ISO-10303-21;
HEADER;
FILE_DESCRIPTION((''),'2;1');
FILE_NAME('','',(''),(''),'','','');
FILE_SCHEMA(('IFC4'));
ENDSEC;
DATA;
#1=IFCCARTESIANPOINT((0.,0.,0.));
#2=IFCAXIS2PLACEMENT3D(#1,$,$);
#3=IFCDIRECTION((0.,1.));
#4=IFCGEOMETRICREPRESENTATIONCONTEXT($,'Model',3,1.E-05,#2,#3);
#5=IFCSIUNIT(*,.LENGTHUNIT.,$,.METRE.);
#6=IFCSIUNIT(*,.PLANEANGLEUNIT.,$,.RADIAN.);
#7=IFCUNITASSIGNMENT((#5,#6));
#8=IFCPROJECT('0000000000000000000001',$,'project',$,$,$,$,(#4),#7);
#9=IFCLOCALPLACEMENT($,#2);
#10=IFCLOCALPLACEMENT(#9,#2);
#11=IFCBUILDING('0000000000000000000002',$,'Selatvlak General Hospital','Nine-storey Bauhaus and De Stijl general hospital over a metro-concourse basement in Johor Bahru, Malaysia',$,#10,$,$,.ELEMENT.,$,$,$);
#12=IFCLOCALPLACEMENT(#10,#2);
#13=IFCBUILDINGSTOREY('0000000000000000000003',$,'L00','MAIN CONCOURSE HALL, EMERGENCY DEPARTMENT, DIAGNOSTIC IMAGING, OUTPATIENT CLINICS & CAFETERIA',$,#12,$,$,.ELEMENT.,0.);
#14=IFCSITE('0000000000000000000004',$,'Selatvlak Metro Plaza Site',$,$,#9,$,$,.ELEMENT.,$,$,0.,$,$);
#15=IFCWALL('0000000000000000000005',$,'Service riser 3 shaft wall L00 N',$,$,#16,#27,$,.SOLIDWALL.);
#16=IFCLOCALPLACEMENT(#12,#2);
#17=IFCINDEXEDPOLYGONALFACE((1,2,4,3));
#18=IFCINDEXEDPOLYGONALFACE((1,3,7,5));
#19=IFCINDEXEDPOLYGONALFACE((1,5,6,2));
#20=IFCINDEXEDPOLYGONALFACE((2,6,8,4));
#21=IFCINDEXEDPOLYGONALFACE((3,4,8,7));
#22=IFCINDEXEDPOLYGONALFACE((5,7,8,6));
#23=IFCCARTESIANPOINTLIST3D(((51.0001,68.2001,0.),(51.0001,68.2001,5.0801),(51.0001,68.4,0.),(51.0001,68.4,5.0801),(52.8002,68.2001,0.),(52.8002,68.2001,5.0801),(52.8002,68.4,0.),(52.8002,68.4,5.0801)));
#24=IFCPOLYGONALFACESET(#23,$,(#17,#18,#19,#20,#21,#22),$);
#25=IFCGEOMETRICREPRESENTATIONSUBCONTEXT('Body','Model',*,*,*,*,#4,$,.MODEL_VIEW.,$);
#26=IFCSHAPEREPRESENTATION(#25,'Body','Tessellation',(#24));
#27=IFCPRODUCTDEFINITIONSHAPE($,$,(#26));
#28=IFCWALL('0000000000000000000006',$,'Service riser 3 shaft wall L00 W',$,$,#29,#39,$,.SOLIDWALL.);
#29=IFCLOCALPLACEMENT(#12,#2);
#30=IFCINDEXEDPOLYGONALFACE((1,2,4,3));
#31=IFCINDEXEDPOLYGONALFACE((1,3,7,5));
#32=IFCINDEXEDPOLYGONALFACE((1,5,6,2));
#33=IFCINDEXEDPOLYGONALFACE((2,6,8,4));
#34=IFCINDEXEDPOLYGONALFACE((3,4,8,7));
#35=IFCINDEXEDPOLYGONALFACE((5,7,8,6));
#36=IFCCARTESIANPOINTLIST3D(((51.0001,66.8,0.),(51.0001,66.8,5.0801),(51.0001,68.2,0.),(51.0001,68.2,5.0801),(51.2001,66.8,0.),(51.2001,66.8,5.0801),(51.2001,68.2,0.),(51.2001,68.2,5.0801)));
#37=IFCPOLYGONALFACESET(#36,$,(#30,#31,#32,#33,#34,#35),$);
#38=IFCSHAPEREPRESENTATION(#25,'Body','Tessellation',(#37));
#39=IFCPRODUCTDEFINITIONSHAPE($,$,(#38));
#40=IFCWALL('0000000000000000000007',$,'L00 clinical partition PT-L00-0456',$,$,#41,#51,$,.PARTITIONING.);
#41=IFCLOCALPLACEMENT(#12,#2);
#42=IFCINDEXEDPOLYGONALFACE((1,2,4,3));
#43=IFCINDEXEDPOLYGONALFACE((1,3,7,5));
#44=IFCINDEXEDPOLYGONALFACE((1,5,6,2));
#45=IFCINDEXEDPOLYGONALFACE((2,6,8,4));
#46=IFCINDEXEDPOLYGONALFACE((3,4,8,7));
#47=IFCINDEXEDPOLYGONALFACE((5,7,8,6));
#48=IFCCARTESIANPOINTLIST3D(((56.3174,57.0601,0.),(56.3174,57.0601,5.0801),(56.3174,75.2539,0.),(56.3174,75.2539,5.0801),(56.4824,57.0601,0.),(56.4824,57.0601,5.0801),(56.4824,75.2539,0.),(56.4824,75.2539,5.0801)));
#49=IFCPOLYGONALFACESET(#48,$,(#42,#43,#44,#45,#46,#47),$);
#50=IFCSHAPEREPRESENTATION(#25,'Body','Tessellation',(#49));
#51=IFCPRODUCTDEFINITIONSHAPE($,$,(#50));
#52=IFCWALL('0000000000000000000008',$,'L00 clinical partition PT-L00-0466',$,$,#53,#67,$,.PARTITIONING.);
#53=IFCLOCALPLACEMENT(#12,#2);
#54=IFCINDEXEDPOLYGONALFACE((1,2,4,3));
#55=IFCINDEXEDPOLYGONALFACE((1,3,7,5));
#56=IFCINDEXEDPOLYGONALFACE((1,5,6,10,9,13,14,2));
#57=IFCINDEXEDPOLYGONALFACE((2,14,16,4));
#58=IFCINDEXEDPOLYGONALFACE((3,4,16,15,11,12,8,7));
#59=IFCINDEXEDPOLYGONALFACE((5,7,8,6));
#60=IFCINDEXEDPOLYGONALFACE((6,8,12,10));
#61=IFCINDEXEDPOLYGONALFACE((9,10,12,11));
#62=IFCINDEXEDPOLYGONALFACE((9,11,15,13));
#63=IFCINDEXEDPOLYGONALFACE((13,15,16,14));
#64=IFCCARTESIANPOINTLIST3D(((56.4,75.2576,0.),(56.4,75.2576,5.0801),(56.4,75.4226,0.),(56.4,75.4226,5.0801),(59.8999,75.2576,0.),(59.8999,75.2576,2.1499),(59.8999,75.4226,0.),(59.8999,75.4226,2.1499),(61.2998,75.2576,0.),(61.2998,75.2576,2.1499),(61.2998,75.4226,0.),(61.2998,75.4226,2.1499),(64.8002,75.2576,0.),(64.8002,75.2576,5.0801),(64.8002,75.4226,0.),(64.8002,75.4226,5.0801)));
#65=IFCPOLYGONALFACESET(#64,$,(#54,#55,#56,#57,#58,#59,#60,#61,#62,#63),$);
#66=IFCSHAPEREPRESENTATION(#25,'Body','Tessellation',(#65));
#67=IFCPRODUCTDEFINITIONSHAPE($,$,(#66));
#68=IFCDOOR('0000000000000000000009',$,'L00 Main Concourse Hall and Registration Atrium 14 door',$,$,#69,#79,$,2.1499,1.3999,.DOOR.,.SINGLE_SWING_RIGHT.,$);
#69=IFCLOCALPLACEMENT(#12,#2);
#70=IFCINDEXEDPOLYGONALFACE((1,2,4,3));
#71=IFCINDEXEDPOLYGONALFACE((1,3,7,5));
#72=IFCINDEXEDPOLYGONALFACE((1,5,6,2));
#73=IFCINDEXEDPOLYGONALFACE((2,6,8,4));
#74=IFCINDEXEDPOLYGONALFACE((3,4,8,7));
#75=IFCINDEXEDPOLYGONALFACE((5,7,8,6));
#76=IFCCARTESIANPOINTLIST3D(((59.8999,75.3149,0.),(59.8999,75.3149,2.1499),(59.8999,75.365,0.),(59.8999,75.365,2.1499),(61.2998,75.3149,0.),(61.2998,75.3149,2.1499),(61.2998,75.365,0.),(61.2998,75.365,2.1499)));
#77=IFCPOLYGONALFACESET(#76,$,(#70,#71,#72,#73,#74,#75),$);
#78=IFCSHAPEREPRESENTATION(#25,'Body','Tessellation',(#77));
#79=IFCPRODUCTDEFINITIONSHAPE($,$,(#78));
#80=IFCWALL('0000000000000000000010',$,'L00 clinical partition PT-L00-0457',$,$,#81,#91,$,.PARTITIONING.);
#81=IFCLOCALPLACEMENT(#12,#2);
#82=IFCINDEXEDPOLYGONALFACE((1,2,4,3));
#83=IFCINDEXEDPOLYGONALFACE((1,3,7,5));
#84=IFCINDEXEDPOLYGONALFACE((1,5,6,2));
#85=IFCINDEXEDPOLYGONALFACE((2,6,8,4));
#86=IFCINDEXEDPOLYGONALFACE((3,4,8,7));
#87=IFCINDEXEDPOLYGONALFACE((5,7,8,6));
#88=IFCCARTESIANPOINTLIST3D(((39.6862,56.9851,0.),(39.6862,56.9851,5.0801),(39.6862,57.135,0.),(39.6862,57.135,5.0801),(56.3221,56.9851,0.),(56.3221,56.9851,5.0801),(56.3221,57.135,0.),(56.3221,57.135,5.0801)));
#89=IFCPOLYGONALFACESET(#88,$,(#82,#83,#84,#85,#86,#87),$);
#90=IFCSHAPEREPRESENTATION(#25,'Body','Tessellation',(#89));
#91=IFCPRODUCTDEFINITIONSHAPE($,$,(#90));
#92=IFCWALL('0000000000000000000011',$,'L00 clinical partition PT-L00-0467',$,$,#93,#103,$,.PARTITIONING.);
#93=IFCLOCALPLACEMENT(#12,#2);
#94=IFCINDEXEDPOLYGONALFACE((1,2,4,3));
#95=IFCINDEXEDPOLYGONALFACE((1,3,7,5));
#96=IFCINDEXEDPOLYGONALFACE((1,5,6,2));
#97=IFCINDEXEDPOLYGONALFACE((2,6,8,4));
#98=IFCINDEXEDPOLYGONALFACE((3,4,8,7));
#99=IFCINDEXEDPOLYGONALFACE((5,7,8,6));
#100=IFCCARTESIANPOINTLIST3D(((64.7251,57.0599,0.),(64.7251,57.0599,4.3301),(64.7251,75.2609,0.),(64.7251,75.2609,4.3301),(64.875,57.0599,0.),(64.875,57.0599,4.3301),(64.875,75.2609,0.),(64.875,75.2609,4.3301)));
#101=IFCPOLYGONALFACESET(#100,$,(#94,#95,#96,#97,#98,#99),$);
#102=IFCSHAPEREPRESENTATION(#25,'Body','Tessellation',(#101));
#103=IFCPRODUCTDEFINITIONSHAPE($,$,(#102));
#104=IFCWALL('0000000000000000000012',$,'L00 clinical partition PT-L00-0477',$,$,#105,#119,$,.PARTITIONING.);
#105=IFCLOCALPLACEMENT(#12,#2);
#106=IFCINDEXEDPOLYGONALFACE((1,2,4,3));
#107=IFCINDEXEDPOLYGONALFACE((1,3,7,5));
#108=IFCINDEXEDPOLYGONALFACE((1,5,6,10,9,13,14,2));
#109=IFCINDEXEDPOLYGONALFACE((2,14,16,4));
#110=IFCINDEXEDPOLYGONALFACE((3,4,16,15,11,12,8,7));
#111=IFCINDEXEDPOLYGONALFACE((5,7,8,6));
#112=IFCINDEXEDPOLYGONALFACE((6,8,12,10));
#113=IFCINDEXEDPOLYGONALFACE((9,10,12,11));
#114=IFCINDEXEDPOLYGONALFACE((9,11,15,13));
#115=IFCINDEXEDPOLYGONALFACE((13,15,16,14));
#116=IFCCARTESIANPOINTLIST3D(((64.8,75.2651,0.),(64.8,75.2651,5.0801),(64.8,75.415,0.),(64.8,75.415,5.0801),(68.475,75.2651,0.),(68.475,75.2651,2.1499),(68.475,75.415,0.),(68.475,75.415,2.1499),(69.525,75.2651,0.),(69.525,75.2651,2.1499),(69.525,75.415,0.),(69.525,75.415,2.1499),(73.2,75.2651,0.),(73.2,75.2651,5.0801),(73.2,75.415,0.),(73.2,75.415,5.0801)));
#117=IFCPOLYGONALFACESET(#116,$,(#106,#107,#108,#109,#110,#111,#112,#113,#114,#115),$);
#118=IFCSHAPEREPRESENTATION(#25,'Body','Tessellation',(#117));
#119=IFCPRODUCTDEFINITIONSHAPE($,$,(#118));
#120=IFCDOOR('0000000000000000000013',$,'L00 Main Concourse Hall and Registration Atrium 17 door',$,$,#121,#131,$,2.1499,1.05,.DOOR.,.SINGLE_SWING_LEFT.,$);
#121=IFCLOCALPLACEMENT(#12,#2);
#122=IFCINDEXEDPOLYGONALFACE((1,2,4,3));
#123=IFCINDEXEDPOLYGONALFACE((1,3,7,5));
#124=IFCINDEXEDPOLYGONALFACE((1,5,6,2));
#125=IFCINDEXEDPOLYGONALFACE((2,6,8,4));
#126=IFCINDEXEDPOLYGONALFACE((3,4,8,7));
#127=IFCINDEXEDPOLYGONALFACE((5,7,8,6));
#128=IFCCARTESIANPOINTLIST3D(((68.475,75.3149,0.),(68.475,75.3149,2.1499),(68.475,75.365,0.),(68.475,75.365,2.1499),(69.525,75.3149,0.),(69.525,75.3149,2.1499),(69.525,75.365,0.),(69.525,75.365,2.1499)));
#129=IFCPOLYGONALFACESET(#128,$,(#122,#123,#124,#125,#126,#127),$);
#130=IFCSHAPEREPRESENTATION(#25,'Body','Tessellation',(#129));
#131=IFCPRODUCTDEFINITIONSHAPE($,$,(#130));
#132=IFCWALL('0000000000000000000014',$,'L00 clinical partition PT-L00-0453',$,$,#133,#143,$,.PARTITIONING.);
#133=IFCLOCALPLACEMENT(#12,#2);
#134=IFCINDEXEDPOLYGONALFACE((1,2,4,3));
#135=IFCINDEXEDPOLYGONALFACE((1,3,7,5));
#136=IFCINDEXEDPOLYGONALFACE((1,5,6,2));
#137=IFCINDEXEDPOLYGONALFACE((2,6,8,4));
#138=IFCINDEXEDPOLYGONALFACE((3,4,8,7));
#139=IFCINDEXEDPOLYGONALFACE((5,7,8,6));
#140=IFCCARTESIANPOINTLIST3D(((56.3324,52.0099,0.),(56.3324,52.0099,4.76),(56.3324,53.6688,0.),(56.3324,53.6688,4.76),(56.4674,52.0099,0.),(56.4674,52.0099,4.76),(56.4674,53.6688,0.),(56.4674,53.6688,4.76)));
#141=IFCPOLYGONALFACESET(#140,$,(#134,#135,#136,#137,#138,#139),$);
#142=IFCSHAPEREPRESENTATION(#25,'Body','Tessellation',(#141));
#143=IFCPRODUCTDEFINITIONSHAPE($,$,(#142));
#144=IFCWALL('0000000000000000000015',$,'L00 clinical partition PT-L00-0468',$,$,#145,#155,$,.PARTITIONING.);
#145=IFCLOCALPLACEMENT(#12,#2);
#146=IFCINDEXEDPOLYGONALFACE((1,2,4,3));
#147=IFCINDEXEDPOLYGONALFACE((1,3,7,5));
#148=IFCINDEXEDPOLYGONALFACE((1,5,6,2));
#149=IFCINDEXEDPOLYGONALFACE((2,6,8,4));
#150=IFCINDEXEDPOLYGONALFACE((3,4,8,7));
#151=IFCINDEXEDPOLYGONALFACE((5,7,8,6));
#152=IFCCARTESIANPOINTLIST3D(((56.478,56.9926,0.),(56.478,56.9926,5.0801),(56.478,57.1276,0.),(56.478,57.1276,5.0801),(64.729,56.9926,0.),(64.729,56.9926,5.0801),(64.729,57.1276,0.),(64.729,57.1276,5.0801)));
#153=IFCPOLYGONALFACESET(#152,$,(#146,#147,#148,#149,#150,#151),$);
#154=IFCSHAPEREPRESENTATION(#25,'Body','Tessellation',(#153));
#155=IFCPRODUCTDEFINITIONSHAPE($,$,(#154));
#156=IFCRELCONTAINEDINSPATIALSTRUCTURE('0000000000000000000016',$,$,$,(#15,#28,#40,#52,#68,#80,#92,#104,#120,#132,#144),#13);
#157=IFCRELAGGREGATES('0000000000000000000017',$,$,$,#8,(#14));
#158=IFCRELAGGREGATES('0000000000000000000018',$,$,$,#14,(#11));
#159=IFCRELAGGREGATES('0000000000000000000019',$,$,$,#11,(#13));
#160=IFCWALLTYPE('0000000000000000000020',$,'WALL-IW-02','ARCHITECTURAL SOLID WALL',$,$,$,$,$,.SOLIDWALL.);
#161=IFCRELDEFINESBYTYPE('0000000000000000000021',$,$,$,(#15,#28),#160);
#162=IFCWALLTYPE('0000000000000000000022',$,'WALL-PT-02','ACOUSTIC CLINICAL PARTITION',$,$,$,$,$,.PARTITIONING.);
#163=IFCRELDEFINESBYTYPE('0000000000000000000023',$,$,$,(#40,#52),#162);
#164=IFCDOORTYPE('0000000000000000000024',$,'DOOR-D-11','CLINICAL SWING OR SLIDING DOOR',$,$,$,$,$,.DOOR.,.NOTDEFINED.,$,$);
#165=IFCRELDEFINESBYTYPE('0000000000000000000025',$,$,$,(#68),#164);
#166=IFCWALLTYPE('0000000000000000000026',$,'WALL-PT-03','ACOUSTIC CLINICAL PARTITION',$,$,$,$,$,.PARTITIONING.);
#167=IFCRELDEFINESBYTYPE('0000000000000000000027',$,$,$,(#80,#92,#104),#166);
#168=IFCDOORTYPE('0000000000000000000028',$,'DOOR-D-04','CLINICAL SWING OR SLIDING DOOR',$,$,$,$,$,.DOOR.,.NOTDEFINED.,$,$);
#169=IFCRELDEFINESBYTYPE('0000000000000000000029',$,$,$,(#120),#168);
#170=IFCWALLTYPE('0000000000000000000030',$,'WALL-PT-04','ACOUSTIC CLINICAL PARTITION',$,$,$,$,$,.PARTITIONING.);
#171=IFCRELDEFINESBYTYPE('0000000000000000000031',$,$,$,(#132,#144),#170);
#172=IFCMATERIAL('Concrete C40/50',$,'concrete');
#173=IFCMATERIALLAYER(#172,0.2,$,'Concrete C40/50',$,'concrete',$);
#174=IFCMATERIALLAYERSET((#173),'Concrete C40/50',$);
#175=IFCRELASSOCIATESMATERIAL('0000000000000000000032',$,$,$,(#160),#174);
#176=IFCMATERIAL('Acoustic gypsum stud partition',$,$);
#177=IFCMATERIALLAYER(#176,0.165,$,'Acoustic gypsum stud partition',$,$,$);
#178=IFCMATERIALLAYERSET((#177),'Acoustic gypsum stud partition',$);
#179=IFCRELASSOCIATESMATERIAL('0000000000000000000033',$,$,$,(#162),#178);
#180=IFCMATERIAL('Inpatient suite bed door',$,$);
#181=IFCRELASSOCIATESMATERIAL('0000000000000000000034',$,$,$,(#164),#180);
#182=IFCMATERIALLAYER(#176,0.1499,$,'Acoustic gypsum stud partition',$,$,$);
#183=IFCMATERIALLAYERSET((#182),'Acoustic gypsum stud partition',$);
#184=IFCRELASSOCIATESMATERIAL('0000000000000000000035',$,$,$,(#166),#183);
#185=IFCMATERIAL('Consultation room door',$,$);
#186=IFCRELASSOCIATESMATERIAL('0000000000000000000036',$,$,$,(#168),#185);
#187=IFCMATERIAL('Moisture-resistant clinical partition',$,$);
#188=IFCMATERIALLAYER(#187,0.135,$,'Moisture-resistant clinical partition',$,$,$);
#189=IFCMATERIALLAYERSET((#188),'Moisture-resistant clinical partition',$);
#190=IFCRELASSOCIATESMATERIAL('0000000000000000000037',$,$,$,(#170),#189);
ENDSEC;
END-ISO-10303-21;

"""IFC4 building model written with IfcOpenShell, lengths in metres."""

from ifc_helpers import new_model, si_unit, direction, frame, frame_2d, origin, place, context, subcontext, project, spatial, rectangle, extrude, material, layer, layer_set, type_object, element, fill, save


model = new_model("IFC4")

# Units and contexts
model_context = context("Model", 3, precision=1e-05, world=origin(), true_north=direction((0.0, 1.0)))
body_context = subcontext(model_context, "Body", "Model", "MODEL_VIEW")
ifc_project = project(units=[si_unit("LENGTHUNIT", "METRE"), si_unit("PLANEANGLEUNIT", "RADIAN")], contexts=[model_context])

# Site, building, storey
site_placement = place(None, origin())
site = spatial("IfcSite", under=ifc_project, at=site_placement, Name="Selatvlak Metro Plaza Site", CompositionType="ELEMENT", RefElevation=0.0)
building_placement = place(site_placement, origin())
building = spatial("IfcBuilding", under=site, at=building_placement, Name="Selatvlak General Hospital", Description="Nine-storey Bauhaus and De Stijl general hospital over a metro-concourse basement in Johor Bahru, Malaysia", CompositionType="ELEMENT")
storey_placement = place(building_placement, origin())
storey = spatial("IfcBuildingStorey", under=building, at=storey_placement, Name="L00", Description="MAIN CONCOURSE HALL, EMERGENCY DEPARTMENT, DIAGNOSTIC IMAGING, OUTPATIENT CLINICS & CAFETERIA", CompositionType="ELEMENT", Elevation=0.0)

# Shared definitions
ifc_material_1 = material(Name="Concrete C40/50", Category="concrete")

# Walls
ifc_layer_1 = layer(ifc_material_1, 0.2, Name="Concrete C40/50", Category="concrete")
ifc_layer_set_1 = layer_set([ifc_layer_1], Name="Concrete C40/50")
wall_type_1 = type_object("IfcWallType", Name="WALL-IW-02", Description="ARCHITECTURAL SOLID WALL", PredefinedType="SOLIDWALL", material=ifc_layer_set_1)
wall_1_placement = place(storey_placement, frame((52.8, 68.3, 0.0), z_axis=(0.0, 0.0, 1.0), x_axis=(-1.0, 0.0, 0.0)))
element("IfcWall", 1, at=wall_1_placement, inside=storey, type_object=wall_type_1, Name="Service riser 3 shaft wall L00 N", PredefinedType="SOLIDWALL", context=body_context, shape_type="SweptSolid", body=[
    extrude(rectangle(XDim=1.8, YDim=0.2, at=frame_2d((0.8999, 0.0))), origin(), (0.0, 0.0, 1.0), 5.0801),
])
wall_2_placement = place(storey_placement, frame((51.1001, 68.2, 0.0), z_axis=(0.0, 0.0, 1.0), x_axis=(0.0, -1.0, 0.0)))
element("IfcWall", 2, at=wall_2_placement, inside=storey, type_object=wall_type_1, Name="Service riser 3 shaft wall L00 W", PredefinedType="SOLIDWALL", context=body_context, shape_type="SweptSolid", body=[
    extrude(rectangle(XDim=1.3999, YDim=0.2, at=frame_2d((0.7, 0.0))), origin(), (0.0, 0.0, 1.0), 5.0801),
])
ifc_material_2 = material(Name="Acoustic gypsum stud partition")
ifc_layer_2 = layer(ifc_material_2, 0.165, Name="Acoustic gypsum stud partition")
ifc_layer_set_2 = layer_set([ifc_layer_2], Name="Acoustic gypsum stud partition")
wall_type_2 = type_object("IfcWallType", Name="WALL-PT-02", Description="ACOUSTIC CLINICAL PARTITION", PredefinedType="PARTITIONING", material=ifc_layer_set_2)
wall_3_placement = place(storey_placement, frame((56.3999, 75.2539, 0.0), z_axis=(0.0, 0.0, 1.0), x_axis=(0.0, -1.0, 0.0)))
element("IfcWall", 3, at=wall_3_placement, inside=storey, type_object=wall_type_2, Name="L00 clinical partition PT-L00-0456", PredefinedType="PARTITIONING", context=body_context, shape_type="SweptSolid", body=[
    extrude(rectangle(XDim=18.1938, YDim=0.165, at=frame_2d((9.0969, 0.0))), origin(), (0.0, 0.0, 1.0), 5.0801),
])

# Wall, opening, door
wall_4_placement = place(storey_placement, frame((56.3999, 75.3401, 0.0), z_axis=(0.0, 0.0, 1.0), x_axis=(1.0, 0.0, 0.0)))
wall_4 = element("IfcWall", 4, at=wall_4_placement, inside=storey, type_object=wall_type_2, Name="L00 clinical partition PT-L00-0466", PredefinedType="PARTITIONING", context=body_context, shape_type="SweptSolid", body=[
    extrude(rectangle(XDim=8.4001, YDim=0.165, at=frame_2d((4.2002, 0.0))), origin(), (0.0, 0.0, 1.0), 5.0801),
])
opening_1_placement = place(wall_4_placement, frame((3.5, 0.0, 0.0)))
opening_1 = element("IfcOpeningElement", 5, at=opening_1_placement, cuts=wall_4, PredefinedType="OPENING", context=body_context, shape_type="SweptSolid", body=[
    extrude(rectangle(XDim=1.3999, YDim=2.1499, at=frame_2d((0.7, 1.075))), frame((0.0, 0.0925, 0.0), z_axis=(0.0, -1.0, 0.0), x_axis=(1.0, 0.0, 0.0)), (0.0, 0.0, 1.0), 0.1851),
])
ifc_material_3 = material(Name="Inpatient suite bed door")
door_type_1 = type_object("IfcDoorType", Name="DOOR-D-11", Description="CLINICAL SWING OR SLIDING DOOR", OperationType="NOTDEFINED", PredefinedType="DOOR", material=ifc_material_3)
door_1_placement = place(opening_1_placement, origin())
door_1 = element("IfcDoor", 6, at=door_1_placement, inside=storey, type_object=door_type_1, Name="L00 Main Concourse Hall and Registration Atrium 14 door", OperationType="SINGLE_SWING_RIGHT", OverallHeight=2.1499, OverallWidth=1.3999, PredefinedType="DOOR", context=body_context, shape_type="SweptSolid", body=[
    extrude(rectangle(XDim=1.3999, YDim=2.1499, at=frame_2d((0.7, 1.075))), frame((0.0, 0.0249, 0.0), z_axis=(0.0, -1.0, 0.0), x_axis=(1.0, 0.0, 0.0)), (0.0, 0.0, 1.0), 0.05),
])
fill(opening_1, door_1)

# Walls
ifc_layer_3 = layer(ifc_material_2, 0.1499, Name="Acoustic gypsum stud partition")
ifc_layer_set_3 = layer_set([ifc_layer_3], Name="Acoustic gypsum stud partition")
wall_type_3 = type_object("IfcWallType", Name="WALL-PT-03", Description="ACOUSTIC CLINICAL PARTITION", PredefinedType="PARTITIONING", material=ifc_layer_set_3)
wall_5_placement = place(storey_placement, frame((56.322, 57.0601, 0.0), z_axis=(0.0, 0.0, 1.0), x_axis=(-1.0, 0.0, 0.0)))
element("IfcWall", 7, at=wall_5_placement, inside=storey, type_object=wall_type_3, Name="L00 clinical partition PT-L00-0457", PredefinedType="PARTITIONING", context=body_context, shape_type="SweptSolid", body=[
    extrude(rectangle(XDim=16.636, YDim=0.1499, at=frame_2d((8.3179, 0.0))), origin(), (0.0, 0.0, 1.0), 5.0801),
])
wall_6_placement = place(storey_placement, frame((64.8, 75.261, 0.0), z_axis=(0.0, 0.0, 1.0), x_axis=(0.0, -1.0, 0.0)))
element("IfcWall", 8, at=wall_6_placement, inside=storey, type_object=wall_type_3, Name="L00 clinical partition PT-L00-0467", PredefinedType="PARTITIONING", context=body_context, shape_type="SweptSolid", body=[
    extrude(rectangle(XDim=18.2009, YDim=0.1499, at=frame_2d((9.1006, 0.0))), origin(), (0.0, 0.0, 1.0), 4.3301),
])

# Wall, opening, door
wall_7_placement = place(storey_placement, frame((64.8, 75.3401, 0.0), z_axis=(0.0, 0.0, 1.0), x_axis=(1.0, 0.0, 0.0)))
wall_7 = element("IfcWall", 9, at=wall_7_placement, inside=storey, type_object=wall_type_3, Name="L00 clinical partition PT-L00-0477", PredefinedType="PARTITIONING", context=body_context, shape_type="SweptSolid", body=[
    extrude(rectangle(XDim=8.3999, YDim=0.1499, at=frame_2d((4.2, 0.0))), origin(), (0.0, 0.0, 1.0), 5.0801),
])
opening_2_placement = place(wall_7_placement, frame((3.675, 0.0, 0.0)))
opening_2 = element("IfcOpeningElement", 10, at=opening_2_placement, cuts=wall_7, PredefinedType="OPENING", context=body_context, shape_type="SweptSolid", body=[
    extrude(rectangle(XDim=1.05, YDim=2.1499, at=frame_2d((0.5249, 1.075))), frame((0.0, 0.085, 0.0), z_axis=(0.0, -1.0, 0.0), x_axis=(1.0, 0.0, 0.0)), (0.0, 0.0, 1.0), 0.1699),
])
ifc_material_4 = material(Name="Consultation room door")
door_type_2 = type_object("IfcDoorType", Name="DOOR-D-04", Description="CLINICAL SWING OR SLIDING DOOR", OperationType="NOTDEFINED", PredefinedType="DOOR", material=ifc_material_4)
door_2_placement = place(opening_2_placement, origin())
door_2 = element("IfcDoor", 11, at=door_2_placement, inside=storey, type_object=door_type_2, Name="L00 Main Concourse Hall and Registration Atrium 17 door", OperationType="SINGLE_SWING_LEFT", OverallHeight=2.1499, OverallWidth=1.05, PredefinedType="DOOR", context=body_context, shape_type="SweptSolid", body=[
    extrude(rectangle(XDim=1.05, YDim=2.1499, at=frame_2d((0.5249, 1.075))), frame((0.0, 0.0249, 0.0), z_axis=(0.0, -1.0, 0.0), x_axis=(1.0, 0.0, 0.0)), (0.0, 0.0, 1.0), 0.05),
])
fill(opening_2, door_2)

# Walls
ifc_material_5 = material(Name="Moisture-resistant clinical partition")
ifc_layer_4 = layer(ifc_material_5, 0.135, Name="Moisture-resistant clinical partition")
ifc_layer_set_4 = layer_set([ifc_layer_4], Name="Moisture-resistant clinical partition")
wall_type_4 = type_object("IfcWallType", Name="WALL-PT-04", Description="ACOUSTIC CLINICAL PARTITION", PredefinedType="PARTITIONING", material=ifc_layer_set_4)
wall_8_placement = place(storey_placement, frame((56.3999, 53.6689, 0.0), z_axis=(0.0, 0.0, 1.0), x_axis=(0.0, -1.0, 0.0)))
element("IfcWall", 12, at=wall_8_placement, inside=storey, type_object=wall_type_4, Name="L00 clinical partition PT-L00-0453", PredefinedType="PARTITIONING", context=body_context, shape_type="SweptSolid", body=[
    extrude(rectangle(XDim=1.6589, YDim=0.135, at=frame_2d((0.8296, 0.0))), origin(), (0.0, 0.0, 1.0), 4.76),
])
wall_9_placement = place(storey_placement, frame((64.729, 57.0601, 0.0), z_axis=(0.0, 0.0, 1.0), x_axis=(-1.0, 0.0, 0.0)))
element("IfcWall", 13, at=wall_9_placement, inside=storey, type_object=wall_type_4, Name="L00 clinical partition PT-L00-0468", PredefinedType="PARTITIONING", context=body_context, shape_type="SweptSolid", body=[
    extrude(rectangle(XDim=8.251, YDim=0.135, at=frame_2d((4.1255, 0.0))), origin(), (0.0, 0.0, 1.0), 5.0801),
])

save(model, "model.ifc")
